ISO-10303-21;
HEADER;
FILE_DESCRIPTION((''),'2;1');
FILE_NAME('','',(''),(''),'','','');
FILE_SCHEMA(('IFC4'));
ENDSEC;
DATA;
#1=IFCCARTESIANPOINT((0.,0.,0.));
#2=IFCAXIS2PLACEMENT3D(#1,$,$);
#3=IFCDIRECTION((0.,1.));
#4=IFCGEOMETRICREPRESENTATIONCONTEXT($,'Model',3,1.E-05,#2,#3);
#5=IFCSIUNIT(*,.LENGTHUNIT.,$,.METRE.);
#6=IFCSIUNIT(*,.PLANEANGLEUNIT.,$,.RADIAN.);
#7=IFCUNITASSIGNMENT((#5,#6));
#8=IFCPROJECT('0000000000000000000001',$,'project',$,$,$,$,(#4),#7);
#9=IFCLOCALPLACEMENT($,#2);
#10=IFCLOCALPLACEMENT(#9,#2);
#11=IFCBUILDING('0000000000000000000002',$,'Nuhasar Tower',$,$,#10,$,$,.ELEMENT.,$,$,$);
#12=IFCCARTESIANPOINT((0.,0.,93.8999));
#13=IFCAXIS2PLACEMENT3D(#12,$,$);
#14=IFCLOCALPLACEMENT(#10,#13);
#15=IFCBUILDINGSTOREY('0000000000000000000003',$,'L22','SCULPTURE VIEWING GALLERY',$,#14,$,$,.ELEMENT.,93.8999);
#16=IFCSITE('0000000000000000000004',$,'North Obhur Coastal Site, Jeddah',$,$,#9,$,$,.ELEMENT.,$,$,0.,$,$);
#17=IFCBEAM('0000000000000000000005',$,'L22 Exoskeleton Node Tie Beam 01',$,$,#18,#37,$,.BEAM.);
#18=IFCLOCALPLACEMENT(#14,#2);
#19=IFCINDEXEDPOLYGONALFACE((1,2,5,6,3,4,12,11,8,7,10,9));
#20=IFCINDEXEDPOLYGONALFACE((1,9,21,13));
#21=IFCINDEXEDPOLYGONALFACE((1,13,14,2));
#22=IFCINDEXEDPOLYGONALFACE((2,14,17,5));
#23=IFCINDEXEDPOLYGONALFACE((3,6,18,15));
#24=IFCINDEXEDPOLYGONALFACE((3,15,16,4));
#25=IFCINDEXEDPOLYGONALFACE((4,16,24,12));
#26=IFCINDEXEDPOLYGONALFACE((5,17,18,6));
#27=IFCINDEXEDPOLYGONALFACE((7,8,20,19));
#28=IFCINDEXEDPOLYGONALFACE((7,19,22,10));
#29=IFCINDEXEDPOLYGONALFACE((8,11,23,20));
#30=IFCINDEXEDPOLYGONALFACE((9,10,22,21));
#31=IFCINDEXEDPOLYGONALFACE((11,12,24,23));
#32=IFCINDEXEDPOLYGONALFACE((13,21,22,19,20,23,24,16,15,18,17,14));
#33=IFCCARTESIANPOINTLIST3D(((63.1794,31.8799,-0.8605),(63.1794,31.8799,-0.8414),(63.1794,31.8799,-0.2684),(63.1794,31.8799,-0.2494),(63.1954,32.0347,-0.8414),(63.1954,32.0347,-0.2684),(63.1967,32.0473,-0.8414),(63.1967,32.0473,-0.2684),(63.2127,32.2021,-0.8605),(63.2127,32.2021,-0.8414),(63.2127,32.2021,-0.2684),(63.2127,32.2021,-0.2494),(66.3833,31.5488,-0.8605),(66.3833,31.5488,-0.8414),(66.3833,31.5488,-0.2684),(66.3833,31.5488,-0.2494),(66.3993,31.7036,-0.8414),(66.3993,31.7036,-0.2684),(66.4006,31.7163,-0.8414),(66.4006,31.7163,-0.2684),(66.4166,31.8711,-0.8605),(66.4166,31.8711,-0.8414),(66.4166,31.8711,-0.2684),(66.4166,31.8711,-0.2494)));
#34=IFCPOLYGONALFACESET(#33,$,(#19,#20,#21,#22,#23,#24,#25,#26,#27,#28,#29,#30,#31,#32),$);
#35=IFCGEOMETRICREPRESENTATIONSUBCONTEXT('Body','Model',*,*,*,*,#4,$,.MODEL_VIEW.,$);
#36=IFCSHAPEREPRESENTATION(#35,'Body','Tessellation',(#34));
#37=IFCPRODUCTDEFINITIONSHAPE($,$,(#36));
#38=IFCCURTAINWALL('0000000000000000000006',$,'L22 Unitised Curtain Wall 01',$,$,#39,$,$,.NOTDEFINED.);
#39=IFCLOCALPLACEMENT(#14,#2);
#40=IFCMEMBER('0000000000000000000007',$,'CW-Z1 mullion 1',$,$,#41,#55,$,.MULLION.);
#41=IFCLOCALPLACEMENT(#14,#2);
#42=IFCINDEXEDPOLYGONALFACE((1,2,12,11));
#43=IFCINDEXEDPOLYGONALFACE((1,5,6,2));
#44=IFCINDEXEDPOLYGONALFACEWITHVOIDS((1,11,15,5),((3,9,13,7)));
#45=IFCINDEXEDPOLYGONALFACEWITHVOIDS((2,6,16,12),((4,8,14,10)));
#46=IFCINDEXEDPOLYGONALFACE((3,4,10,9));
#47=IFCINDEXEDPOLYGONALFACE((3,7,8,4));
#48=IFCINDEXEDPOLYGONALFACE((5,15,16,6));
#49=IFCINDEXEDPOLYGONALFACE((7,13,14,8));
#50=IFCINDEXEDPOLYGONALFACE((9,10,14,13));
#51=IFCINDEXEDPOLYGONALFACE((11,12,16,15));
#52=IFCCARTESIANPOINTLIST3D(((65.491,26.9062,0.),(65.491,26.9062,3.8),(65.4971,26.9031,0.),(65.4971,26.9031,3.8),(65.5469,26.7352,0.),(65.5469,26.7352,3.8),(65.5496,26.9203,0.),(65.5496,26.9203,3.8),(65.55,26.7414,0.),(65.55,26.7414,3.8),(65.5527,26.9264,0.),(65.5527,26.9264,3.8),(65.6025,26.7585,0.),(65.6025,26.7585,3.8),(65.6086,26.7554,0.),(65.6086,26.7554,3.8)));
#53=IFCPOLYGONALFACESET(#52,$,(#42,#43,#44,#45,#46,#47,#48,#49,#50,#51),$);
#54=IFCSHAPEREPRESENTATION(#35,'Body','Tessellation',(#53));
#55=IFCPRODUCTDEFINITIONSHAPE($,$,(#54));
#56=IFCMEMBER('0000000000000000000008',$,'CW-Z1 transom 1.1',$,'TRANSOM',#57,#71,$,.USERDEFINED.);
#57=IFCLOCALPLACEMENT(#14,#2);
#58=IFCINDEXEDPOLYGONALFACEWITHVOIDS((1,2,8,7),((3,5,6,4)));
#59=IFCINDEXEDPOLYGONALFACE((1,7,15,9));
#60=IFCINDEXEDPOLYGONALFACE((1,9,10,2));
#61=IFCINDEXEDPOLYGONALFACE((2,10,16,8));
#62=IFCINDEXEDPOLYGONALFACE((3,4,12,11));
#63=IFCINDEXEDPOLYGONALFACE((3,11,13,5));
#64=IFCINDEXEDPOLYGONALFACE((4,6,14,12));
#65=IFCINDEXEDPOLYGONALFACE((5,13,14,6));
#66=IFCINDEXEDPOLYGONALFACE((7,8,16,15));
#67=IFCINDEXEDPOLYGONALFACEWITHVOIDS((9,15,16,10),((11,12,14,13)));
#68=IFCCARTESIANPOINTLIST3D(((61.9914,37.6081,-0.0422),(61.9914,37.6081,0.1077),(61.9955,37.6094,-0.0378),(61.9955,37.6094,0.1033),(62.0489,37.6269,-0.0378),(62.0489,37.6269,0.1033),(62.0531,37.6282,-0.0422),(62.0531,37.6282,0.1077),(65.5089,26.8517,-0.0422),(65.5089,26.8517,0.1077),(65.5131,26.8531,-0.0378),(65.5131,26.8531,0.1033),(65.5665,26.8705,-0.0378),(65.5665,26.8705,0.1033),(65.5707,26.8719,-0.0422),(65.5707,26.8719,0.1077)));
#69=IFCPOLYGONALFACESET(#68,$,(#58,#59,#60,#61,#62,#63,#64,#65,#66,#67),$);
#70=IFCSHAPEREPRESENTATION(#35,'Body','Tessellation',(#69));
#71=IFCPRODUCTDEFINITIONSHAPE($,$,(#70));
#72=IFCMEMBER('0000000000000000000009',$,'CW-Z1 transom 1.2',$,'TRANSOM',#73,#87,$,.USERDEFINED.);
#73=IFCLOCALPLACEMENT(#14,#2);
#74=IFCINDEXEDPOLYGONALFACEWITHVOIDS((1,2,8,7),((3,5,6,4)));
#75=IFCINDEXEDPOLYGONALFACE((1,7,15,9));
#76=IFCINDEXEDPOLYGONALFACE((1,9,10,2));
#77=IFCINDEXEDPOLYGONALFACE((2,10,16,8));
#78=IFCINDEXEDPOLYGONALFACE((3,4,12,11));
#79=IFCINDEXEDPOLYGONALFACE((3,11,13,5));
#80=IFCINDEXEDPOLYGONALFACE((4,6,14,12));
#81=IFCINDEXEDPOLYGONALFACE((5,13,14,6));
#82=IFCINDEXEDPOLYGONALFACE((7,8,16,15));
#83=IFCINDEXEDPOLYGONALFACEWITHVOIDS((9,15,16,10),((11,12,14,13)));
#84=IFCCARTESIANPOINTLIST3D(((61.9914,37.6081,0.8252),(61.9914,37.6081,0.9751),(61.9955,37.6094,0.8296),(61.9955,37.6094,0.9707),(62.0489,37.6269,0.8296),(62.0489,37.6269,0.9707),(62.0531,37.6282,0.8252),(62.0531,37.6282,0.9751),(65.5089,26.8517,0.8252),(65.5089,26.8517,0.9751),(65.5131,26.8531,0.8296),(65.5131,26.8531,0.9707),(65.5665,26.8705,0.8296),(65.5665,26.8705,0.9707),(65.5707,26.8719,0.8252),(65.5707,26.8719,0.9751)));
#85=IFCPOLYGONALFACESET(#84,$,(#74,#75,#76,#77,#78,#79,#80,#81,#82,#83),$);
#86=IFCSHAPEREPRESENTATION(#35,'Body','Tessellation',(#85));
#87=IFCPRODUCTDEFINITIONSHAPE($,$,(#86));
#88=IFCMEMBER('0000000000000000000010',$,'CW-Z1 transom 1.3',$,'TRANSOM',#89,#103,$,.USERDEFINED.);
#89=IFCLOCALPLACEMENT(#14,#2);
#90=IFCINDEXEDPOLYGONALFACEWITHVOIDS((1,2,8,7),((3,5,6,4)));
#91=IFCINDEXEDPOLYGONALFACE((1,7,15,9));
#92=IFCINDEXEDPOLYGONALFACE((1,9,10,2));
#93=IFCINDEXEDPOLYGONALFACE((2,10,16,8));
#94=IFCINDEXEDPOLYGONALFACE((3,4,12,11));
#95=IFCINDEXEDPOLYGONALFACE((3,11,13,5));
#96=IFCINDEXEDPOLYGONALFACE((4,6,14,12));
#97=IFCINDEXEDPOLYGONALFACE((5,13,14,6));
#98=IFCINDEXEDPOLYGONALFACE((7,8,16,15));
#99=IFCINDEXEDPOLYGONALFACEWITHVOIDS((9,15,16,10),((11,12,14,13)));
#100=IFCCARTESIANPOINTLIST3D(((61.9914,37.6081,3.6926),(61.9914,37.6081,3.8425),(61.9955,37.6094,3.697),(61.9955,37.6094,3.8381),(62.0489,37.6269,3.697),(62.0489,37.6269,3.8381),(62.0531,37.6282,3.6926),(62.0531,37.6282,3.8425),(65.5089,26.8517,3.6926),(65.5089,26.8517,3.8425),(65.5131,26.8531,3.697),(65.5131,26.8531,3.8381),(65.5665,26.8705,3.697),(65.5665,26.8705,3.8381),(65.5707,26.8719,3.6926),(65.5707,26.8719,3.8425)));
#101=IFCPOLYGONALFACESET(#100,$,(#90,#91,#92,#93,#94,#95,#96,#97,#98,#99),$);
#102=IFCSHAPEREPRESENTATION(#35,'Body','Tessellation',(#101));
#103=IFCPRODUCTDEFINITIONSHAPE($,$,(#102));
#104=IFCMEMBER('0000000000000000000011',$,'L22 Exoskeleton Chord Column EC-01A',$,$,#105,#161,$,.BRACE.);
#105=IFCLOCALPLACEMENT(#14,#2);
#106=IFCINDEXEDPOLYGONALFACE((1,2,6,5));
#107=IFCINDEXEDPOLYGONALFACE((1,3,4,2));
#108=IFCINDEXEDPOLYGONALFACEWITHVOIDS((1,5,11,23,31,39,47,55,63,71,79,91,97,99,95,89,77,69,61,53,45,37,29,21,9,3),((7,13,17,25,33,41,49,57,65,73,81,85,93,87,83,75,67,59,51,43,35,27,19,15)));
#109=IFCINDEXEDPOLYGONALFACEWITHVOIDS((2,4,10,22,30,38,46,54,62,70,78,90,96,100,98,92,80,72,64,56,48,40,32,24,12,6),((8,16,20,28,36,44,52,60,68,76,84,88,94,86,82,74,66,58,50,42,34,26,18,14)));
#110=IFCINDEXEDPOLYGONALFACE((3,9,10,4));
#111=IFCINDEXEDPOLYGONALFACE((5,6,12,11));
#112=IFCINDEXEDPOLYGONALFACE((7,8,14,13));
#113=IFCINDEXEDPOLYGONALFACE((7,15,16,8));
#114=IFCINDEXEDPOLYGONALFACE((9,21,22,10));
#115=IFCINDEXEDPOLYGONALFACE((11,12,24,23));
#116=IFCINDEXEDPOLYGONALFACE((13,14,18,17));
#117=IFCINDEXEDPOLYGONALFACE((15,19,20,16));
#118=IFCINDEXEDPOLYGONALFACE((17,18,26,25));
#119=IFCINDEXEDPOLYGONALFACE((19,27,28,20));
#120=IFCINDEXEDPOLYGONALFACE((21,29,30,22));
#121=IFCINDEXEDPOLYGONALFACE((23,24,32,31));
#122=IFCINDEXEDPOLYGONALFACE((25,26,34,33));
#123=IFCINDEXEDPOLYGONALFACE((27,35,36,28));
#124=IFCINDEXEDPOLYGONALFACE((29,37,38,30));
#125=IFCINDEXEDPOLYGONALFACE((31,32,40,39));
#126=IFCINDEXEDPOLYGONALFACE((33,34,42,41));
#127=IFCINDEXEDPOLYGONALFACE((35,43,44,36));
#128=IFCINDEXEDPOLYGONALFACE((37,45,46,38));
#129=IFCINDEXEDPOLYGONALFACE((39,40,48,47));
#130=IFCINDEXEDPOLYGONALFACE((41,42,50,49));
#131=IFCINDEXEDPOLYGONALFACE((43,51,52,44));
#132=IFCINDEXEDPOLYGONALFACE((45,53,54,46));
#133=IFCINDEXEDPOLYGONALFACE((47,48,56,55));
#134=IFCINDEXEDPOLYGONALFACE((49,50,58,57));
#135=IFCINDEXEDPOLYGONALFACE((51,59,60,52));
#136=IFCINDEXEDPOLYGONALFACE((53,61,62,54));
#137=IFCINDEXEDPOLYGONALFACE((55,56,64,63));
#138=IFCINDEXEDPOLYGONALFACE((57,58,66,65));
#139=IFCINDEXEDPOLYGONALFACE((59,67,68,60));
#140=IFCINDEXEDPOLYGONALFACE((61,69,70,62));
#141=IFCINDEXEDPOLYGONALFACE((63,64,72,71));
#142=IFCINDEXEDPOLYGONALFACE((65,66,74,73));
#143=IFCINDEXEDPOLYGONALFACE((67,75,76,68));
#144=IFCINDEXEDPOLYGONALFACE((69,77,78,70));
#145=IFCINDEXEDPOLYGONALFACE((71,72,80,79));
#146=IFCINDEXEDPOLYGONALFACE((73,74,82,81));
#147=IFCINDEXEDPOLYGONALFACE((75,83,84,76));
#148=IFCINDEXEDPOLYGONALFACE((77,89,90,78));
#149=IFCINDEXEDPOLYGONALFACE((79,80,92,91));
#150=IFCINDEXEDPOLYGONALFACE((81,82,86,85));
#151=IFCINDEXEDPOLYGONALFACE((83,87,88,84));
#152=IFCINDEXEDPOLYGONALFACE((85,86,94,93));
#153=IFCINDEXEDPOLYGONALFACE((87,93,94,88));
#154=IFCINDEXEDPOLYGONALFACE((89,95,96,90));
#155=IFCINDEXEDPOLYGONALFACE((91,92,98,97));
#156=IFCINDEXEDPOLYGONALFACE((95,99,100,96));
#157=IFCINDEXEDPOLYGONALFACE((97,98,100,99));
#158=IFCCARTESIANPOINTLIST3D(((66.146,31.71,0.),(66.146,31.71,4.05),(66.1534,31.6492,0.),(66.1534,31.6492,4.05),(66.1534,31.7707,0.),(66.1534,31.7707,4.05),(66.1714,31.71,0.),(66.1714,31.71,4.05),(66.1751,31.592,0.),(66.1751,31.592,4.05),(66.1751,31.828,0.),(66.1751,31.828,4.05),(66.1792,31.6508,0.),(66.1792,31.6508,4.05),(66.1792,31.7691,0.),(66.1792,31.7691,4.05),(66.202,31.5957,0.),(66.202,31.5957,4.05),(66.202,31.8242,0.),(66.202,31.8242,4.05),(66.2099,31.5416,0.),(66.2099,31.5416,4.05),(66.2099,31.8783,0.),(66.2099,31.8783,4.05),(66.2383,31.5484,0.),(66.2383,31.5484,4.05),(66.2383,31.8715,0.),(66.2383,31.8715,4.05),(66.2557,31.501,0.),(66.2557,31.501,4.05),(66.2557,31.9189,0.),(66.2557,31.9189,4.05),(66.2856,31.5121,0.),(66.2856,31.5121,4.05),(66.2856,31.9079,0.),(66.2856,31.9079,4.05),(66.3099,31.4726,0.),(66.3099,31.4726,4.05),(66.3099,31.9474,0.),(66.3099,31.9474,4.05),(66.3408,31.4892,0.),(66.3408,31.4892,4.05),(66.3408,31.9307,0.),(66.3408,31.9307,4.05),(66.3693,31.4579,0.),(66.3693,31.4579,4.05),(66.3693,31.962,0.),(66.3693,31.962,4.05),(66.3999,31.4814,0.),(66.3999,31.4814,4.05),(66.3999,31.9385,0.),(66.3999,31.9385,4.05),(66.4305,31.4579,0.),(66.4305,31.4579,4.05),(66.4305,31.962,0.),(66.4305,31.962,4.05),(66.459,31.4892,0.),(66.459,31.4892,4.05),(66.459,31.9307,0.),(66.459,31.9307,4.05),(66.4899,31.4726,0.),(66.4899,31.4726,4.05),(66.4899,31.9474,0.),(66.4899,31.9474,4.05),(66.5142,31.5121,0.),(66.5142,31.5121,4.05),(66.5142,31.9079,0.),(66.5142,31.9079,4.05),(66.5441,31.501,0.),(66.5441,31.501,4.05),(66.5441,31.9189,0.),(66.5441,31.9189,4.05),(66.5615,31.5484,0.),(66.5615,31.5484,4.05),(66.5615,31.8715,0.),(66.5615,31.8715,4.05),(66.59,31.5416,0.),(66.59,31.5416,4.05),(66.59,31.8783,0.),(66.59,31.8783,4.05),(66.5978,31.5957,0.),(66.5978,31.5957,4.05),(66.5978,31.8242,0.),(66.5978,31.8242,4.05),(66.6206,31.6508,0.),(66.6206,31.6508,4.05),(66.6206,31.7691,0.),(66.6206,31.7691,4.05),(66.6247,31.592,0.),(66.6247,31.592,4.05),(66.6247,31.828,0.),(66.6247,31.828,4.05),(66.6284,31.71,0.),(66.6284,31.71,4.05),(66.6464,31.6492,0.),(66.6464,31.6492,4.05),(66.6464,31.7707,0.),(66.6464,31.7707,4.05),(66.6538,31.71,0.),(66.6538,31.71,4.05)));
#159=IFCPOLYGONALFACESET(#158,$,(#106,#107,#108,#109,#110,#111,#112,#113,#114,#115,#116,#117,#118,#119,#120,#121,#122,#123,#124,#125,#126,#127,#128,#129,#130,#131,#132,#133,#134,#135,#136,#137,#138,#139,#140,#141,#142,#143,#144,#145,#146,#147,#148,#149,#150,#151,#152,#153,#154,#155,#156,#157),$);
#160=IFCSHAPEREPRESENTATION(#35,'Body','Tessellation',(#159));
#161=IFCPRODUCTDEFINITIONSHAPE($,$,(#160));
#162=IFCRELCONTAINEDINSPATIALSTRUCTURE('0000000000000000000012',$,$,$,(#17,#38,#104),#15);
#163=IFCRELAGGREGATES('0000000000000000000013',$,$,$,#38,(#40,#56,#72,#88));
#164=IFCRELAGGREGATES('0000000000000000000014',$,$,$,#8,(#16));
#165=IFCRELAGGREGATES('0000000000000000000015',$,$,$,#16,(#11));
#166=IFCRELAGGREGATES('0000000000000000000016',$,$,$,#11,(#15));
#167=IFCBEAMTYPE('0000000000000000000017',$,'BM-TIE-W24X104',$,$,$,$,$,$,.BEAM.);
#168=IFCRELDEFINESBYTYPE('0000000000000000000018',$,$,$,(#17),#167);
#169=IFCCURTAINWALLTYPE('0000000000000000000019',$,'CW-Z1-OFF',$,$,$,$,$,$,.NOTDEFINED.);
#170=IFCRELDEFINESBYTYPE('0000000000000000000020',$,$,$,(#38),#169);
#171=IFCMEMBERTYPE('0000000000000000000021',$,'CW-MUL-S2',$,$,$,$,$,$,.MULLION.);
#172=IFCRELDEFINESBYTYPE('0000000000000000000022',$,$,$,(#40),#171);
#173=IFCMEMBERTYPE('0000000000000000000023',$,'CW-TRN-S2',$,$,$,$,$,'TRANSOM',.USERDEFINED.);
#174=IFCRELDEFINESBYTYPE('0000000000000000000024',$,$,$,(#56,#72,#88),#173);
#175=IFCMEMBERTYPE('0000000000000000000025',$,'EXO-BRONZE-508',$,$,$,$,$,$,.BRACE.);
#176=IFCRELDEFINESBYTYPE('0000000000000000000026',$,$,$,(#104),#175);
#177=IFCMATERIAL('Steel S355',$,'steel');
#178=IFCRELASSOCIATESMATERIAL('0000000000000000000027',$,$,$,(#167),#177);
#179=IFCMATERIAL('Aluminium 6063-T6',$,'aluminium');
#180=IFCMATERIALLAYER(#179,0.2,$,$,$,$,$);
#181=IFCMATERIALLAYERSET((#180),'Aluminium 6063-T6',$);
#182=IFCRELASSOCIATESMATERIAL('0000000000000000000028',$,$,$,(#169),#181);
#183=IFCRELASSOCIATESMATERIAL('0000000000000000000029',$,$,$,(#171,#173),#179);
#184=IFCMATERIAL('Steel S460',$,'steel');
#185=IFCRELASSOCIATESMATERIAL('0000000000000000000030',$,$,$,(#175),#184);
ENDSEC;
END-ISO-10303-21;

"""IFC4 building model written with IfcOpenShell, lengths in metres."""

from ifc_helpers import new_model, si_unit, direction, frame, origin, origin_2d, place, context, subcontext, project, spatial, hollow_rectangle, hollow_circle, i_section, extrude, material, layer, layer_set, material_profile, profile_set, type_object, element, aggregate, save


model = new_model("IFC4")

# Units and contexts
model_context = context("Model", 3, precision=1e-05, world=origin(), true_north=direction((0.0, 1.0)))
body_context = subcontext(model_context, "Body", "Model", "MODEL_VIEW")
ifc_project = project(units=[si_unit("LENGTHUNIT", "METRE"), si_unit("PLANEANGLEUNIT", "RADIAN")], contexts=[model_context])

# Site, building, storey
site_placement = place(None, origin())
site = spatial("IfcSite", under=ifc_project, at=site_placement, Name="North Obhur Coastal Site, Jeddah", CompositionType="ELEMENT", RefElevation=0.0)
building_placement = place(site_placement, origin())
building = spatial("IfcBuilding", under=site, at=building_placement, Name="Nuhasar Tower", CompositionType="ELEMENT")
storey_placement = place(building_placement, frame((0.0, 0.0, 93.8999)))
storey = spatial("IfcBuildingStorey", under=building, at=storey_placement, Name="L22", Description="SCULPTURE VIEWING GALLERY", CompositionType="ELEMENT", Elevation=93.8999)

# Beam
ifc_material_1 = material(Name="Steel S355", Category="steel")
ifc_material_profile_1 = material_profile(ifc_material_1, i_section(OverallWidth=0.324, OverallDepth=0.6111, WebThickness=0.0127, FlangeThickness=0.019, at=origin_2d()), Name="W24X104")
ifc_profile_set_1 = profile_set([ifc_material_profile_1], Name="Steel S355")
beam_type_1 = type_object("IfcBeamType", Name="BM-TIE-W24X104", PredefinedType="BEAM", material=ifc_profile_set_1)
beam_1_placement = place(storey_placement, frame((63.196, 32.041, -0.5549), z_axis=(0.994704, -0.102783, 0.0), x_axis=(0.102783, 0.994704, 0.0)))
element("IfcBeam", 1, at=beam_1_placement, inside=storey, type_object=beam_type_1, Name="L22 Exoskeleton Node Tie Beam 01", PredefinedType="BEAM", context=body_context, shape_type="SweptSolid", body=[
    extrude(i_section(OverallWidth=0.324, OverallDepth=0.6111, WebThickness=0.0127, FlangeThickness=0.019, at=origin_2d()), origin(), (0.0, 0.0, 1.0), 3.2209),
])

# Curtain wall, members
ifc_material_2 = material(Name="Aluminium 6063-T6", Category="aluminium")
ifc_layer_1 = layer(ifc_material_2, 0.2)
ifc_layer_set_1 = layer_set([ifc_layer_1], Name="Aluminium 6063-T6")
curtain_wall_type = type_object("IfcCurtainWallType", Name="CW-Z1-OFF", PredefinedType="NOTDEFINED", material=ifc_layer_set_1)
curtain_wall_placement = place(storey_placement, origin())
curtain_wall = element("IfcCurtainWall", 2, at=curtain_wall_placement, inside=storey, type_object=curtain_wall_type, Name="L22 Unitised Curtain Wall 01", PredefinedType="NOTDEFINED")
ifc_material_profile_2 = material_profile(ifc_material_2, hollow_rectangle(XDim=0.0649, YDim=0.1799, WallThickness=0.0049, at=origin_2d()), Name="CWM-2")
ifc_profile_set_2 = profile_set([ifc_material_profile_2], Name="Aluminium 6063-T6")
member_type_1 = type_object("IfcMemberType", Name="CW-MUL-S2", PredefinedType="MULLION", material=ifc_profile_set_2)
member_1_placement = place(storey_placement, frame((65.5498, 26.8308, 0.0), z_axis=(0.0, 0.0, 1.0), x_axis=(-0.950468, -0.310824, 0.0)))
member_1 = element("IfcMember", 3, at=member_1_placement, type_object=member_type_1, Name="CW-Z1 mullion 1", PredefinedType="MULLION", context=body_context, shape_type="SweptSolid", body=[
    extrude(hollow_rectangle(XDim=0.0649, YDim=0.1799, WallThickness=0.0049, at=origin_2d()), origin(), (0.0, 0.0, 1.0), 3.8),
])
ifc_material_profile_3 = material_profile(ifc_material_2, hollow_rectangle(XDim=0.0649, YDim=0.1499, WallThickness=0.0044, at=origin_2d()), Name="CWT-2")
ifc_profile_set_3 = profile_set([ifc_material_profile_3], Name="Aluminium 6063-T6")
member_type_2 = type_object("IfcMemberType", Name="CW-TRN-S2", ElementType="TRANSOM", PredefinedType="USERDEFINED", material=ifc_profile_set_3)
member_2_placement = place(storey_placement, frame((65.5398, 26.8618, 0.0327), z_axis=(-0.310825, 0.950467, 0.0), x_axis=(-0.950467, -0.310825, 0.0)))
member_2 = element("IfcMember", 4, at=member_2_placement, type_object=member_type_2, Name="CW-Z1 transom 1.1", ObjectType="TRANSOM", PredefinedType="USERDEFINED", context=body_context, shape_type="SweptSolid", body=[
    extrude(hollow_rectangle(XDim=0.0649, YDim=0.1499, WallThickness=0.0044, at=origin_2d()), origin(), (0.0, 0.0, 1.0), 11.3169),
])
member_3_placement = place(storey_placement, frame((65.5398, 26.8618, 0.9001), z_axis=(-0.310825, 0.950467, 0.0), x_axis=(-0.950467, -0.310825, 0.0)))
member_3 = element("IfcMember", 5, at=member_3_placement, type_object=member_type_2, Name="CW-Z1 transom 1.2", ObjectType="TRANSOM", PredefinedType="USERDEFINED", context=body_context, shape_type="SweptSolid", body=[
    extrude(hollow_rectangle(XDim=0.0649, YDim=0.1499, WallThickness=0.0044, at=origin_2d()), origin(), (0.0, 0.0, 1.0), 11.3169),
])
member_4_placement = place(storey_placement, frame((65.5398, 26.8618, 3.7676), z_axis=(-0.310825, 0.950467, 0.0), x_axis=(-0.950467, -0.310825, 0.0)))
member_4 = element("IfcMember", 6, at=member_4_placement, type_object=member_type_2, Name="CW-Z1 transom 1.3", ObjectType="TRANSOM", PredefinedType="USERDEFINED", context=body_context, shape_type="SweptSolid", body=[
    extrude(hollow_rectangle(XDim=0.0649, YDim=0.1499, WallThickness=0.0044, at=origin_2d()), origin(), (0.0, 0.0, 1.0), 11.3169),
])

# Member
ifc_material_3 = material(Name="Steel S460", Category="steel")
ifc_material_profile_4 = material_profile(ifc_material_3, hollow_circle(Radius=0.2539, WallThickness=0.0254, at=origin_2d()), Name="HSS508X25.4")
ifc_profile_set_4 = profile_set([ifc_material_profile_4], Name="Steel S460")
member_type_3 = type_object("IfcMemberType", Name="EXO-BRONZE-508", PredefinedType="BRACE", material=ifc_profile_set_4)
for number, where, z_axis, x_axis, name in (
    (7, (66.3999, 31.71, 0.0), (0.0, 0.0, 1.0), (1.0, 0.0, 0.0), "L22 Exoskeleton Chord Column EC-01A"),
):
    element("IfcMember", number, at=place(storey_placement, frame(where, z_axis=z_axis, x_axis=x_axis)), inside=storey, type_object=member_type_3, Name=name, PredefinedType="BRACE", context=body_context, shape_type="SweptSolid", body=[
        extrude(hollow_circle(Radius=0.2539, WallThickness=0.0254, at=origin_2d()), origin(), (0.0, 0.0, 1.0), 4.05),
    ])

aggregate(curtain_wall, [member_1, member_2, member_3, member_4])

save(model, "model.ifc")
